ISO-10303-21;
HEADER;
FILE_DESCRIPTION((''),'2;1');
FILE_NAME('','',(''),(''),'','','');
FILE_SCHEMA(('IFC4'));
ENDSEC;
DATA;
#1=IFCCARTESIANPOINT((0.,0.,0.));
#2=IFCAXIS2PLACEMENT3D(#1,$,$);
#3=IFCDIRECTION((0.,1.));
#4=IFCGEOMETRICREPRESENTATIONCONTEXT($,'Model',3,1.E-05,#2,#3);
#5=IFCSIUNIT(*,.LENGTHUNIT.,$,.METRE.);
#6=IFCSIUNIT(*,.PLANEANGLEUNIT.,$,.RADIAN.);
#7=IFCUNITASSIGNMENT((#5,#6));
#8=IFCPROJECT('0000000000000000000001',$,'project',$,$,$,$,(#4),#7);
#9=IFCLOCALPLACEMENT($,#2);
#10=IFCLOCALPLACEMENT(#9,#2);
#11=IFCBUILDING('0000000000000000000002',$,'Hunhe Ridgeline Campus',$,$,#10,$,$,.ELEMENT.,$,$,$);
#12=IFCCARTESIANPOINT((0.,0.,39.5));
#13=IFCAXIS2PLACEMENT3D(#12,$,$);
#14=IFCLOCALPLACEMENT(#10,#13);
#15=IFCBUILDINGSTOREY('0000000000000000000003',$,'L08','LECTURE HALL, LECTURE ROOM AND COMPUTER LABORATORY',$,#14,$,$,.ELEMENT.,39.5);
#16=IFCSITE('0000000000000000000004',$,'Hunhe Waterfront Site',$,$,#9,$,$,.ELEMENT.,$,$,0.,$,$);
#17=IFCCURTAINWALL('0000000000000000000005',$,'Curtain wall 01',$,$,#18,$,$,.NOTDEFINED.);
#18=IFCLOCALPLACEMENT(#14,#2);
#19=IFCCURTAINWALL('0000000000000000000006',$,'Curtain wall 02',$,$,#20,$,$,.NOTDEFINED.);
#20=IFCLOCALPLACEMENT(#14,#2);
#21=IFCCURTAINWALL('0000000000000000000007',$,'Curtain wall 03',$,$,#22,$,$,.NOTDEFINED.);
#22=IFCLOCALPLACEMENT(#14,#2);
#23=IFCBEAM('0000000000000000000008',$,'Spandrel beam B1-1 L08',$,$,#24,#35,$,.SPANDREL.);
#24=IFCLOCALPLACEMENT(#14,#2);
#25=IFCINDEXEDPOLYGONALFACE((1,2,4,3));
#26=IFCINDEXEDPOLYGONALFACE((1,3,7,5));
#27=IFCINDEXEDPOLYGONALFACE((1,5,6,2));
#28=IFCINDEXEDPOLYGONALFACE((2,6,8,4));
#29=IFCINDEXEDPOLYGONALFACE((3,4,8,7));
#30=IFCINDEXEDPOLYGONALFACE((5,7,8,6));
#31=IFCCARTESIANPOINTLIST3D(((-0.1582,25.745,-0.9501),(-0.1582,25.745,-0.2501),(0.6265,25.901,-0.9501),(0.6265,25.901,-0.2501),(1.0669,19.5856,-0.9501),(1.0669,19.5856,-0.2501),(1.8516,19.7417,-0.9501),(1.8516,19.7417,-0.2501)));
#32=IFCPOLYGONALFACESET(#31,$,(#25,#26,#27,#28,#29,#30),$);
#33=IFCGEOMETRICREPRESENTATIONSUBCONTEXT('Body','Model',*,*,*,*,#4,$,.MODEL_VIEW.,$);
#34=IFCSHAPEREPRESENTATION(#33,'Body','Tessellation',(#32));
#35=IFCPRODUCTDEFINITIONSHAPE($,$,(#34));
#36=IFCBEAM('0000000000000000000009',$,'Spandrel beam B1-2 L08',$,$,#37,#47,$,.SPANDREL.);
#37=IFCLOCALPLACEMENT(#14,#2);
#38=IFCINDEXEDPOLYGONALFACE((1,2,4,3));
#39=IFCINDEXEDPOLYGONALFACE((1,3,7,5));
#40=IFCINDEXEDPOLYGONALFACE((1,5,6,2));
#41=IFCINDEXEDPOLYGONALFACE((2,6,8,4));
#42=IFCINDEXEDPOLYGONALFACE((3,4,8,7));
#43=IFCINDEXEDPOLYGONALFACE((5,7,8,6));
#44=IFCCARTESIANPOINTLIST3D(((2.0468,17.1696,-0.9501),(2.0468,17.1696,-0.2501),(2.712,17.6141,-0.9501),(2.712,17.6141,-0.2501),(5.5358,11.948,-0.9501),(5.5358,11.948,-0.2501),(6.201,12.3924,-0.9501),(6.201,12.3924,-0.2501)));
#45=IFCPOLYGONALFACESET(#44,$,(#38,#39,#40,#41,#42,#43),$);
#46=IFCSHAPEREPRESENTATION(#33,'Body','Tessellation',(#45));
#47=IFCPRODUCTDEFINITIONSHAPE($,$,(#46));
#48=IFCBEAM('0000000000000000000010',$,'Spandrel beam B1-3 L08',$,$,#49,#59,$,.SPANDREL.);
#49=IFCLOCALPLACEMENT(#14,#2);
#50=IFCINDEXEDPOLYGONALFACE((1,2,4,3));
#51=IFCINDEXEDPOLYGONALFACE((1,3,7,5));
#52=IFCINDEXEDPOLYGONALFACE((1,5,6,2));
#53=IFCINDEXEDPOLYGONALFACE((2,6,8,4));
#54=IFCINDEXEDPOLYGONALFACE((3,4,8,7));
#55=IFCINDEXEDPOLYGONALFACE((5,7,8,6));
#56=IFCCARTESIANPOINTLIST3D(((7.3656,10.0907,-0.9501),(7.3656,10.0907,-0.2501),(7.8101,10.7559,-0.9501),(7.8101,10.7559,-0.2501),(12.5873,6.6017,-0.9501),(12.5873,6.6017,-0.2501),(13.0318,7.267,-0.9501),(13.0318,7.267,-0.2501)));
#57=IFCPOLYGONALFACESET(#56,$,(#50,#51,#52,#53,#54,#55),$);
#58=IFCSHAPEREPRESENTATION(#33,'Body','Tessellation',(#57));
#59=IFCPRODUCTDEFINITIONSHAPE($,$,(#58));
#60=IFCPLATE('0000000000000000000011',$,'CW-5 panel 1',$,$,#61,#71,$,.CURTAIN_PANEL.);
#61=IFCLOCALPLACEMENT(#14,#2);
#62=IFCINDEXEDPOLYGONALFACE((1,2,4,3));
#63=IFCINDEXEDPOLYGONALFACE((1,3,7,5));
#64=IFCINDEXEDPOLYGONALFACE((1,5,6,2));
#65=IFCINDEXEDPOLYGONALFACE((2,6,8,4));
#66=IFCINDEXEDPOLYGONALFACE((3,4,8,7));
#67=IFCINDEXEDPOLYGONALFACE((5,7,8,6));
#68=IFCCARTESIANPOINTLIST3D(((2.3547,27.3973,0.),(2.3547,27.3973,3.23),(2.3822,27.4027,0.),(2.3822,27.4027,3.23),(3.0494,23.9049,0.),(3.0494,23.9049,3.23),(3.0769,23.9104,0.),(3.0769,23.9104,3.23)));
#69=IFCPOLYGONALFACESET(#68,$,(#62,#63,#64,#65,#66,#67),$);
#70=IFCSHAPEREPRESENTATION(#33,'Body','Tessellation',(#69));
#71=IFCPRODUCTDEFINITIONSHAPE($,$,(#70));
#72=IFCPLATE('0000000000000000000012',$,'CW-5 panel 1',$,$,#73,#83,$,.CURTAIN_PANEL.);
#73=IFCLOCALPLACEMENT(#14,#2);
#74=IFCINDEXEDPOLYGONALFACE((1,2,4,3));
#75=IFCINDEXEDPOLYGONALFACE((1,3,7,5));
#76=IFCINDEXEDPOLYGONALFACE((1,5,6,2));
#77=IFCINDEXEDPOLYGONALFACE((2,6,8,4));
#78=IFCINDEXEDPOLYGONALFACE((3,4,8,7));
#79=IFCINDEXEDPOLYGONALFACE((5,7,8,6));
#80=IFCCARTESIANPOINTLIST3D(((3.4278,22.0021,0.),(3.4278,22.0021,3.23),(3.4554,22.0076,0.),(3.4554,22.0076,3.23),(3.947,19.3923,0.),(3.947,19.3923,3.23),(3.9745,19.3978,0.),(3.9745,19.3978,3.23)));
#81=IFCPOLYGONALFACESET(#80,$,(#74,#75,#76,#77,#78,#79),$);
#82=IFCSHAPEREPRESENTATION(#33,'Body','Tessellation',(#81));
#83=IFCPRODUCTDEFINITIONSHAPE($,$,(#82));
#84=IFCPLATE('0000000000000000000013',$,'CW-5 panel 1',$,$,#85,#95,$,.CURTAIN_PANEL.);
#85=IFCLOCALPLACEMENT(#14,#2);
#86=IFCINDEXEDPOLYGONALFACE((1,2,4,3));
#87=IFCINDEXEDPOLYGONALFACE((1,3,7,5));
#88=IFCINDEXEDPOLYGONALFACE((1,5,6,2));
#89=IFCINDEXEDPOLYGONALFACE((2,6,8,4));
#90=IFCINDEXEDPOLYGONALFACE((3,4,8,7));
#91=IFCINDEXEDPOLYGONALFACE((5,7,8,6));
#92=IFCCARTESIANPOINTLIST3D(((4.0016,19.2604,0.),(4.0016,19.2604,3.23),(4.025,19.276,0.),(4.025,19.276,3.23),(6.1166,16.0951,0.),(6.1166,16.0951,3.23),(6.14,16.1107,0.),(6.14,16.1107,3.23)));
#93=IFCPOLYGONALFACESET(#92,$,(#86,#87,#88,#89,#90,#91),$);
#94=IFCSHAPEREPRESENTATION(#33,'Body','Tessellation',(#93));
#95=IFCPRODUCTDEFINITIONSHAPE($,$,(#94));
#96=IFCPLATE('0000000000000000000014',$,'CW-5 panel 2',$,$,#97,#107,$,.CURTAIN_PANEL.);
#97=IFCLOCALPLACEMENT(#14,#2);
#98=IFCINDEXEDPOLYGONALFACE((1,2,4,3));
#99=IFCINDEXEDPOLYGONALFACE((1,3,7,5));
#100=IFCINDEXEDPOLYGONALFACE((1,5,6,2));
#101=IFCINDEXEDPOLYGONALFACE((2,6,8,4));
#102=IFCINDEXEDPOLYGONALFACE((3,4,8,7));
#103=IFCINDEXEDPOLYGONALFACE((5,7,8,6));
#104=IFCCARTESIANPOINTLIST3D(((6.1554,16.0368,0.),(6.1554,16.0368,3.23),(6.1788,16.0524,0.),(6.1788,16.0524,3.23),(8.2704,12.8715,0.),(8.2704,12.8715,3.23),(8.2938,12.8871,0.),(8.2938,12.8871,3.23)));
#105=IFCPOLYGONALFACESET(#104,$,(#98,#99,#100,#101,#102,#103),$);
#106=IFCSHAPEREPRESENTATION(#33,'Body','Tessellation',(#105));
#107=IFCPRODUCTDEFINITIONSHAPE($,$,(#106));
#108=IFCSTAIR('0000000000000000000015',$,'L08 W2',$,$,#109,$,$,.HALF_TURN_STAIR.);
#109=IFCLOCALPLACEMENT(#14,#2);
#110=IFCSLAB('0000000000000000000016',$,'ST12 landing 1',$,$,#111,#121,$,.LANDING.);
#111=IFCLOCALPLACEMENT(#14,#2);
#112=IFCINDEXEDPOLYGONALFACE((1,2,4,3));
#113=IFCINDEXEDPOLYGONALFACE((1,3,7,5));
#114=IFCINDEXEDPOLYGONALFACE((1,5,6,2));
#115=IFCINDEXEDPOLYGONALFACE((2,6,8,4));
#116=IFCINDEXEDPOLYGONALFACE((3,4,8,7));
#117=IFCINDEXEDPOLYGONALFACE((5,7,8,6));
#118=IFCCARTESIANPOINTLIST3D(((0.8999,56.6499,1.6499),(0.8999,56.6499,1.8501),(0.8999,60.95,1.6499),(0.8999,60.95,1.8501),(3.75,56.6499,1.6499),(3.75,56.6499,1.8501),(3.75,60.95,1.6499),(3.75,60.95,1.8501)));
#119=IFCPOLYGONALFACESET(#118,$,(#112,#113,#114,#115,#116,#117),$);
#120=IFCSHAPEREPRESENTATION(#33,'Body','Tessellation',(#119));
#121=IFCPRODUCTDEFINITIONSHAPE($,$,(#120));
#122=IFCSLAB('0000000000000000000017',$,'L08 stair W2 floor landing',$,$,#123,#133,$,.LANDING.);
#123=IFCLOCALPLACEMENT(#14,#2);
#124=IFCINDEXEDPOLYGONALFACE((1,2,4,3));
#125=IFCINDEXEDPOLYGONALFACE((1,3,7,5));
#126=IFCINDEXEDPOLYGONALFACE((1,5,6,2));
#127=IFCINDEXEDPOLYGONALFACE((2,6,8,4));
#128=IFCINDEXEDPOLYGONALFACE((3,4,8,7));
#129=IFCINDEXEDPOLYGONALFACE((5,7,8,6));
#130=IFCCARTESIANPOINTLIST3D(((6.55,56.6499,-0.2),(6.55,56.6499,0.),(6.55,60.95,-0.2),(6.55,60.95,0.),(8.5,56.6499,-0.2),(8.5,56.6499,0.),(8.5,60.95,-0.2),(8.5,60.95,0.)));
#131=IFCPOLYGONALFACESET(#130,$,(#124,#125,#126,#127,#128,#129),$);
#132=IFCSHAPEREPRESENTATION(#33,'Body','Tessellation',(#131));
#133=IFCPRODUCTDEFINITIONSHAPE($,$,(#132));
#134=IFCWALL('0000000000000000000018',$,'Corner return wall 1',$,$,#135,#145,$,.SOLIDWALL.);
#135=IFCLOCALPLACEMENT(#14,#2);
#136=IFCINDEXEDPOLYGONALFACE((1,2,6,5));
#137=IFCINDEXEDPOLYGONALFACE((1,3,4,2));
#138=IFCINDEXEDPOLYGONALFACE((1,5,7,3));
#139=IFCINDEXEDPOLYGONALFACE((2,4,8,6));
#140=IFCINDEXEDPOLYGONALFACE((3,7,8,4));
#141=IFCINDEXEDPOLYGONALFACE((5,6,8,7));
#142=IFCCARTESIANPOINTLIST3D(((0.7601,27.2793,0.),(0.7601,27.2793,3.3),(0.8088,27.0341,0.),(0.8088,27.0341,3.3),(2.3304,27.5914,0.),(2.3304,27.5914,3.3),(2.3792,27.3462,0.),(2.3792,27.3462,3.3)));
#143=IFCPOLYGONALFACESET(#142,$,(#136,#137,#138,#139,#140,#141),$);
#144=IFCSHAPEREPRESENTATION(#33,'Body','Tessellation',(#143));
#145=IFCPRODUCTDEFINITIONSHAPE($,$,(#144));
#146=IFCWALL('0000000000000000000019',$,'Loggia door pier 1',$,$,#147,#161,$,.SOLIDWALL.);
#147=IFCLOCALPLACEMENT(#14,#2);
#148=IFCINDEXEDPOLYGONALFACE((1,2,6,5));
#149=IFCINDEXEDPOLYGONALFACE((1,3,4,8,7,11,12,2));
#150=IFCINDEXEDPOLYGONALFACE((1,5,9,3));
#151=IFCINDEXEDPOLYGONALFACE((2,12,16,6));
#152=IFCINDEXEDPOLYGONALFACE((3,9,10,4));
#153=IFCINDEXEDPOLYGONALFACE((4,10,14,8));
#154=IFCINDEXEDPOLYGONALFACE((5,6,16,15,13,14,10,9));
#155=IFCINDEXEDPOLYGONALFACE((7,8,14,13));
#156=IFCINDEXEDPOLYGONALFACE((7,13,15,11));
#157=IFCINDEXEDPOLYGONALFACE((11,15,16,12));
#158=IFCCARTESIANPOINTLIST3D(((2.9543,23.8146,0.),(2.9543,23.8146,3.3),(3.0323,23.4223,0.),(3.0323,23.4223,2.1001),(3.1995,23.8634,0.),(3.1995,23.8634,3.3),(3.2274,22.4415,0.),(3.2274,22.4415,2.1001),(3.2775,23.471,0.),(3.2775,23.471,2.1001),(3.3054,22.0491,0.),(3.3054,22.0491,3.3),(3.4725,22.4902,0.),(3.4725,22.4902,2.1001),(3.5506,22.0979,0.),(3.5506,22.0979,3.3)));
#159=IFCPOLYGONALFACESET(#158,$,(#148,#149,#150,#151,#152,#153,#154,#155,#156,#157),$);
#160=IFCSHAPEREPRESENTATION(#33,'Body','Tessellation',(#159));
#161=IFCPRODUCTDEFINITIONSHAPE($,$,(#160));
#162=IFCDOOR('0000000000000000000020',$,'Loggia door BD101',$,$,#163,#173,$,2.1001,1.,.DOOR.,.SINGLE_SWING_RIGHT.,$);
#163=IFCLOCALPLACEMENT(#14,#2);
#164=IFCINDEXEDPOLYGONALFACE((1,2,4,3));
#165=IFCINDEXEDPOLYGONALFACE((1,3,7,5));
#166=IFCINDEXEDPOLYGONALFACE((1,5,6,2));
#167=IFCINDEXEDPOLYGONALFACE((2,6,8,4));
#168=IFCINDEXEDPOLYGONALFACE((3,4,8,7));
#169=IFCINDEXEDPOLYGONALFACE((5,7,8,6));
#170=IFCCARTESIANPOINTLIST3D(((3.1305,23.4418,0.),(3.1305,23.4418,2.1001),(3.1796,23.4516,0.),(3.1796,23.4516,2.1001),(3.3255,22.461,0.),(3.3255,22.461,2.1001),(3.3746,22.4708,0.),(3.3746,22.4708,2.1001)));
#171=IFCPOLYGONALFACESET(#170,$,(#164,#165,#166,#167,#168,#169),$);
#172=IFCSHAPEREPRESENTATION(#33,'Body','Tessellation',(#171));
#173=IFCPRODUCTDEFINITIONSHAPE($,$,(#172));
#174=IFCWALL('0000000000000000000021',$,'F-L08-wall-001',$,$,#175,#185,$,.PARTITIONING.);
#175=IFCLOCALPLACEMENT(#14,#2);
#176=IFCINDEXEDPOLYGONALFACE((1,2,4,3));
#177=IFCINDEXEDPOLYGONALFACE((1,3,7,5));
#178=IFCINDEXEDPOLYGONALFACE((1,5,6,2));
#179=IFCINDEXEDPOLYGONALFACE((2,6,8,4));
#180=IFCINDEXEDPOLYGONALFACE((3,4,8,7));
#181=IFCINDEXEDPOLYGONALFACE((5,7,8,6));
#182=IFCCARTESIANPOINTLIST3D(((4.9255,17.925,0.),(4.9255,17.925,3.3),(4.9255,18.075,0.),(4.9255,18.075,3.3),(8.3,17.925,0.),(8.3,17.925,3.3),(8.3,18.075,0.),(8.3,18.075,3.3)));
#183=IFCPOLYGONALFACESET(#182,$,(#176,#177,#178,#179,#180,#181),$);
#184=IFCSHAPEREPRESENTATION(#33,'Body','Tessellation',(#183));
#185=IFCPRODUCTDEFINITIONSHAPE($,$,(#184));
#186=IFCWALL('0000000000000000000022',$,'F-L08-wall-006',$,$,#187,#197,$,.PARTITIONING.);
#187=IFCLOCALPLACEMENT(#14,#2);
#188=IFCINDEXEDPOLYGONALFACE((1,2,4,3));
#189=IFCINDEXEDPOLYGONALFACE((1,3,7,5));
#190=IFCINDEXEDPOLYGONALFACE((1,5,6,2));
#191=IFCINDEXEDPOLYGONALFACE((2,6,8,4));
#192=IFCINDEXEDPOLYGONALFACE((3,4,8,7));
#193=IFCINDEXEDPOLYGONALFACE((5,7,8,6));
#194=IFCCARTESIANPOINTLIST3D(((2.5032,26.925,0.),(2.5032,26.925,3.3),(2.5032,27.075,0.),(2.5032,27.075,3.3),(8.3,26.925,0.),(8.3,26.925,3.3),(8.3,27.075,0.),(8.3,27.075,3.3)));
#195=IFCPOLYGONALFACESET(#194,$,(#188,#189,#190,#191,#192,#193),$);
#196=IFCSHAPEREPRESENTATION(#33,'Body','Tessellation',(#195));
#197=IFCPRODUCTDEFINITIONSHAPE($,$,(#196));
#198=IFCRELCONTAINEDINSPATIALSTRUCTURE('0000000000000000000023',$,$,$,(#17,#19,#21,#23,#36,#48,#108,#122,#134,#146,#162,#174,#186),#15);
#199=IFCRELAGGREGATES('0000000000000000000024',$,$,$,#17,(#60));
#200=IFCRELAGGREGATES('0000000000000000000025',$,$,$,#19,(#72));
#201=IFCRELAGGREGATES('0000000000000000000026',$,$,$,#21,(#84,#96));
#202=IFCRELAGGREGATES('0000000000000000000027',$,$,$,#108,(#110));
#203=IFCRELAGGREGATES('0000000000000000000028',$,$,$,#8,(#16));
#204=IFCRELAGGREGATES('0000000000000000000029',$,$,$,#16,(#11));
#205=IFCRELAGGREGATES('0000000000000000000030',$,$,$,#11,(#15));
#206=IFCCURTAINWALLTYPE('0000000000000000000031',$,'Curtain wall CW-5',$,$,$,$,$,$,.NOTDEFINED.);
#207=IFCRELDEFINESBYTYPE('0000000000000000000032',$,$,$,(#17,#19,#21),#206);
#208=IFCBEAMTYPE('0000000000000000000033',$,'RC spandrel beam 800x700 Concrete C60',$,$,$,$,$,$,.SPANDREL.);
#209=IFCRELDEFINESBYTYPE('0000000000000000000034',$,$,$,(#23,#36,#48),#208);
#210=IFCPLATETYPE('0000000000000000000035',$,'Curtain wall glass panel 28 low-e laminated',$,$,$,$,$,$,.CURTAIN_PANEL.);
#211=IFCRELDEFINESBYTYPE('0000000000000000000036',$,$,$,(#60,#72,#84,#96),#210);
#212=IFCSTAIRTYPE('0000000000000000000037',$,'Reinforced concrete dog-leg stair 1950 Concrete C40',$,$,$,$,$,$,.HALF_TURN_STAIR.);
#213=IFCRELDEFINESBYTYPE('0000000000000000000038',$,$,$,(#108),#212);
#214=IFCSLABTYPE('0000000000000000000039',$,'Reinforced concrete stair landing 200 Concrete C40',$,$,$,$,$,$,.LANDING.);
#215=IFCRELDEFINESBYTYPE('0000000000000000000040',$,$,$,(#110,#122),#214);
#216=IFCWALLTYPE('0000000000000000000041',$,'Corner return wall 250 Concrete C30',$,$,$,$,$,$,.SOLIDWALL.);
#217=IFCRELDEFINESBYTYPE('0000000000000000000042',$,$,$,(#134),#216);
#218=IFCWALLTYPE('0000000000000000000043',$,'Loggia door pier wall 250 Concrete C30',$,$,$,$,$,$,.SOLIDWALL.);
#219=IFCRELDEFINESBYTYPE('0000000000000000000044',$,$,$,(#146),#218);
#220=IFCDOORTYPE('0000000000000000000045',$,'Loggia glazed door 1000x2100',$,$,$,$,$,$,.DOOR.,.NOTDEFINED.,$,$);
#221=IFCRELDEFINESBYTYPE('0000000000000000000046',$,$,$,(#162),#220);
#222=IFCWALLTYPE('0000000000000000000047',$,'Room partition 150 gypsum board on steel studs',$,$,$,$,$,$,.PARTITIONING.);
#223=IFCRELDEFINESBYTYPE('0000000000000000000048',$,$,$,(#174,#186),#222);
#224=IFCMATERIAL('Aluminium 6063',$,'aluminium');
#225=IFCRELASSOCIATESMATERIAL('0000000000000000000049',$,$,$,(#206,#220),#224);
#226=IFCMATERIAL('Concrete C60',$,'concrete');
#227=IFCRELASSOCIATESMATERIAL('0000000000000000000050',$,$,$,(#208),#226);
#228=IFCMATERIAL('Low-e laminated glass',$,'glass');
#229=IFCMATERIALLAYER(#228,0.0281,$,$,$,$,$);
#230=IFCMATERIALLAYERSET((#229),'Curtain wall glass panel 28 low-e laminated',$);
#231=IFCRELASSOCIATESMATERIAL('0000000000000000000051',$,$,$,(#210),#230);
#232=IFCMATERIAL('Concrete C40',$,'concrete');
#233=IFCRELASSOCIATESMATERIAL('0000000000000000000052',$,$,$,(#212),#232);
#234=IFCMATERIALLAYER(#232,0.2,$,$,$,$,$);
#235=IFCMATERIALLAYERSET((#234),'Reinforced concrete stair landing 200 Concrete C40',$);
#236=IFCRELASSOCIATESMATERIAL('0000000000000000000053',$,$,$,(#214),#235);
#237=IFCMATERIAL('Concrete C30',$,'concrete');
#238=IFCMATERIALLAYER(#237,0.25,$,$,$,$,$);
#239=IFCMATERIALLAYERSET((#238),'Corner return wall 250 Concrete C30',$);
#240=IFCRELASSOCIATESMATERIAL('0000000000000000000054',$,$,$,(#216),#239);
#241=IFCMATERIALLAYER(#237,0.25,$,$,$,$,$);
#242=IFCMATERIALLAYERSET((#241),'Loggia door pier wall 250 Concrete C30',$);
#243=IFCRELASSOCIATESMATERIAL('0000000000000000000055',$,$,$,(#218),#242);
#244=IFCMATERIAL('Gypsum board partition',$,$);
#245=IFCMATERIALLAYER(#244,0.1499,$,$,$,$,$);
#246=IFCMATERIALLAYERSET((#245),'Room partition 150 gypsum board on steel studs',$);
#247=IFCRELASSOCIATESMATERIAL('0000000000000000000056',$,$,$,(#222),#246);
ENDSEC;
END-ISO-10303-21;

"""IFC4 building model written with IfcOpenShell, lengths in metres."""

from ifc_helpers import new_model, si_unit, direction, frame, frame_2d, origin, origin_2d, place, context, subcontext, project, spatial, polyline, rectangle, outline, extrude, material, layer, layer_set, material_profile, profile_set, type_object, element, fill, aggregate, save


model = new_model("IFC4")

# Units and contexts
model_context = context("Model", 3, precision=1e-05, world=origin(), true_north=direction((0.0, 1.0)))
body_context = subcontext(model_context, "Body", "Model", "MODEL_VIEW")
ifc_project = project(units=[si_unit("LENGTHUNIT", "METRE"), si_unit("PLANEANGLEUNIT", "RADIAN")], contexts=[model_context])

# Site, building, storey
site_placement = place(None, origin())
site = spatial("IfcSite", under=ifc_project, at=site_placement, Name="Hunhe Waterfront Site", CompositionType="ELEMENT", RefElevation=0.0)
building_placement = place(site_placement, origin())
building = spatial("IfcBuilding", under=site, at=building_placement, Name="Hunhe Ridgeline Campus", CompositionType="ELEMENT")
storey_placement = place(building_placement, frame((0.0, 0.0, 39.5)))
storey = spatial("IfcBuildingStorey", under=building, at=storey_placement, Name="L08", Description="LECTURE HALL, LECTURE ROOM AND COMPUTER LABORATORY", CompositionType="ELEMENT", Elevation=39.5)

# Curtain walls
ifc_material_1 = material(Name="Aluminium 6063", Category="aluminium")
curtain_wall_type = type_object("IfcCurtainWallType", Name="Curtain wall CW-5", PredefinedType="NOTDEFINED", material=ifc_material_1)
curtain_wall_1_placement = place(storey_placement, origin())
curtain_wall_1 = element("IfcCurtainWall", 1, at=curtain_wall_1_placement, inside=storey, type_object=curtain_wall_type, Name="Curtain wall 01", PredefinedType="NOTDEFINED")
curtain_wall_2_placement = place(storey_placement, origin())
curtain_wall_2 = element("IfcCurtainWall", 2, at=curtain_wall_2_placement, inside=storey, type_object=curtain_wall_type, Name="Curtain wall 02", PredefinedType="NOTDEFINED")
curtain_wall_3_placement = place(storey_placement, origin())
curtain_wall_3 = element("IfcCurtainWall", 3, at=curtain_wall_3_placement, inside=storey, type_object=curtain_wall_type, Name="Curtain wall 03", PredefinedType="NOTDEFINED")

# Beams
ifc_material_2 = material(Name="Concrete C60", Category="concrete")
ifc_material_profile_1 = material_profile(ifc_material_2, rectangle(XDim=0.8, YDim=0.7, at=origin_2d()))
ifc_profile_set_1 = profile_set([ifc_material_profile_1], Name="Concrete C60")
beam_type = type_object("IfcBeamType", Name="RC spandrel beam 800x700 Concrete C60", PredefinedType="SPANDREL", material=ifc_profile_set_1)
for number, where, z_axis, x_axis, name in (
    (4, (0.2341, 25.823, -0.6001), (0.195077, -0.980788, 0.0), (0.980788, 0.195077, 0.0), "Spandrel beam B1-1 L08"),
    (5, (2.3794, 17.3918, -0.6001), (0.55557, -0.83147, 0.0), (0.83147, 0.55557, 0.0), "Spandrel beam B1-2 L08"),
    (6, (7.5879, 10.4233, -0.6001), (0.83147, -0.55557, 0.0), (0.55557, 0.83147, 0.0), "Spandrel beam B1-3 L08"),
):
    element("IfcBeam", number, at=place(storey_placement, frame(where, z_axis=z_axis, x_axis=x_axis)), inside=storey, type_object=beam_type, Name=name, PredefinedType="SPANDREL", context=body_context, shape_type="SweptSolid", body=[
        extrude(rectangle(XDim=0.8, YDim=0.7, at=origin_2d()), origin(), (0.0, 0.0, 1.0), 6.28),
    ])

# Plates
ifc_material_3 = material(Name="Low-e laminated glass", Category="glass")
ifc_layer_1 = layer(ifc_material_3, 0.0281)
ifc_layer_set_1 = layer_set([ifc_layer_1], Name="Curtain wall glass panel 28 low-e laminated")
plate_type = type_object("IfcPlateType", Name="Curtain wall glass panel 28 low-e laminated", PredefinedType="CURTAIN_PANEL", material=ifc_layer_set_1)
plate_1_placement = place(storey_placement, frame((2.7158, 25.6538, 0.0), z_axis=(0.0, 0.0, 1.0), x_axis=(0.195095, -0.980784, 0.0)))
plate_1 = element("IfcPlate", 7, at=plate_1_placement, type_object=plate_type, Name="CW-5 panel 1", PredefinedType="CURTAIN_PANEL", context=body_context, shape_type="SweptSolid", body=[
    extrude(rectangle(XDim=3.5608, YDim=0.0281, at=origin_2d()), origin(), (0.0, 0.0, 1.0), 3.23),
])
aggregate(curtain_wall_1, [plate_1])
plate_2_placement = place(storey_placement, frame((3.7012, 20.7, 0.0), z_axis=(0.0, 0.0, 1.0), x_axis=(0.195095, -0.980784, 0.0)))
plate_2 = element("IfcPlate", 8, at=plate_2_placement, type_object=plate_type, Name="CW-5 panel 1", PredefinedType="CURTAIN_PANEL", context=body_context, shape_type="SweptSolid", body=[
    extrude(rectangle(XDim=2.6609, YDim=0.0281, at=origin_2d()), origin(), (0.0, 0.0, 1.0), 3.23),
])
aggregate(curtain_wall_2, [plate_2])
plate_3_placement = place(storey_placement, frame((5.0708, 17.6855, 0.0), z_axis=(0.0, 0.0, 1.0), x_axis=(0.55557, -0.83147, 0.0)))
plate_3 = element("IfcPlate", 9, at=plate_3_placement, type_object=plate_type, Name="CW-5 panel 1", PredefinedType="CURTAIN_PANEL", context=body_context, shape_type="SweptSolid", body=[
    extrude(rectangle(XDim=3.8069, YDim=0.0281, at=origin_2d()), origin(), (0.0, 0.0, 1.0), 3.23),
])
plate_4_placement = place(storey_placement, frame((7.2246, 14.4619, 0.0), z_axis=(0.0, 0.0, 1.0), x_axis=(0.55557, -0.83147, 0.0)))
plate_4 = element("IfcPlate", 10, at=plate_4_placement, type_object=plate_type, Name="CW-5 panel 2", PredefinedType="CURTAIN_PANEL", context=body_context, shape_type="SweptSolid", body=[
    extrude(rectangle(XDim=3.8069, YDim=0.0281, at=origin_2d()), origin(), (0.0, 0.0, 1.0), 3.23),
])
aggregate(curtain_wall_3, [plate_3, plate_4])

# Stair, slab
ifc_material_4 = material(Name="Concrete C40", Category="concrete")
stair_type = type_object("IfcStairType", Name="Reinforced concrete dog-leg stair 1950 Concrete C40", PredefinedType="HALF_TURN_STAIR", material=ifc_material_4)
stair_placement = place(storey_placement, origin())
stair = element("IfcStair", 11, at=stair_placement, inside=storey, type_object=stair_type, Name="L08 W2", PredefinedType="HALF_TURN_STAIR")
ifc_layer_2 = layer(ifc_material_4, 0.2)
ifc_layer_set_2 = layer_set([ifc_layer_2], Name="Reinforced concrete stair landing 200 Concrete C40")
slab_type = type_object("IfcSlabType", Name="Reinforced concrete stair landing 200 Concrete C40", PredefinedType="LANDING", material=ifc_layer_set_2)
slab_1_placement = place(storey_placement, frame((0.0, 0.0, 1.6499)))
slab_1 = element("IfcSlab", 12, at=slab_1_placement, type_object=slab_type, Name="ST12 landing 1", PredefinedType="LANDING", context=body_context, shape_type="SweptSolid", body=[
    extrude(outline(polyline([(3.75, 60.95), (0.8999, 60.95), (0.8999, 56.6499), (3.75, 56.6499), (3.75, 60.95)])), origin(), (0.0, 0.0, 1.0), 0.2002),
])
aggregate(stair, [slab_1])

# Slab
slab_2_placement = place(storey_placement, frame((0.0, 0.0, -0.2)))
element("IfcSlab", 13, at=slab_2_placement, inside=storey, type_object=slab_type, Name="L08 stair W2 floor landing", PredefinedType="LANDING", context=body_context, shape_type="SweptSolid", body=[
    extrude(outline(polyline([(8.5, 60.95), (6.55, 60.95), (6.55, 56.6499), (8.5, 56.6499), (8.5, 60.95)])), origin(), (0.0, 0.0, 1.0), 0.2),
])

# Wall
ifc_material_5 = material(Name="Concrete C30", Category="concrete")
ifc_layer_3 = layer(ifc_material_5, 0.25)
ifc_layer_set_3 = layer_set([ifc_layer_3], Name="Corner return wall 250 Concrete C30")
wall_type_1 = type_object("IfcWallType", Name="Corner return wall 250 Concrete C30", PredefinedType="SOLIDWALL", material=ifc_layer_set_3)
wall_1_placement = place(storey_placement, frame((0.7844, 27.1567, 0.0), z_axis=(0.0, 0.0, 1.0), x_axis=(0.980826, 0.194884, 0.0)))
element("IfcWall", 14, at=wall_1_placement, inside=storey, type_object=wall_type_1, Name="Corner return wall 1", PredefinedType="SOLIDWALL", context=body_context, shape_type="SweptSolid", body=[
    extrude(rectangle(XDim=1.6011, YDim=0.25, at=frame_2d((0.8005, 0.0))), origin(), (0.0, 0.0, 1.0), 3.3),
])

# Wall, opening, door
ifc_layer_4 = layer(ifc_material_5, 0.25)
ifc_layer_set_4 = layer_set([ifc_layer_4], Name="Loggia door pier wall 250 Concrete C30")
wall_type_2 = type_object("IfcWallType", Name="Loggia door pier wall 250 Concrete C30", PredefinedType="SOLIDWALL", material=ifc_layer_set_4)
wall_2_placement = place(storey_placement, frame((3.0769, 23.8389, 0.0), z_axis=(0.0, 0.0, 1.0), x_axis=(0.195047, -0.980794, 0.0)))
wall_2 = element("IfcWall", 15, at=wall_2_placement, inside=storey, type_object=wall_type_2, Name="Loggia door pier 1", PredefinedType="SOLIDWALL", context=body_context, shape_type="SweptSolid", body=[
    extrude(rectangle(XDim=1.8, YDim=0.25, at=frame_2d((0.8999, 0.0))), origin(), (0.0, 0.0, 1.0), 3.3),
])
opening_placement = place(wall_2_placement, frame((0.3999, 0.0, 0.0)))
opening = element("IfcOpeningElement", 16, at=opening_placement, cuts=wall_2, PredefinedType="OPENING", context=body_context, shape_type="SweptSolid", body=[
    extrude(rectangle(XDim=1.0, YDim=2.1001, at=frame_2d((0.5, 1.05))), frame((0.0, 0.125, 0.0), z_axis=(0.0, -1.0, 0.0), x_axis=(1.0, 0.0, 0.0)), (0.0, 0.0, 1.0), 0.25),
])
door_type = type_object("IfcDoorType", Name="Loggia glazed door 1000x2100", OperationType="NOTDEFINED", PredefinedType="DOOR", material=ifc_material_1)
door_placement = place(opening_placement, frame((1.0, 0.0, 0.0), z_axis=(0.0, 0.0, 1.0), x_axis=(-1.0, 0.0, 0.0)))
door = element("IfcDoor", 17, at=door_placement, inside=storey, type_object=door_type, Name="Loggia door BD101", OperationType="SINGLE_SWING_RIGHT", OverallHeight=2.1001, OverallWidth=1.0, PredefinedType="DOOR", context=body_context, shape_type="SweptSolid", body=[
    extrude(rectangle(XDim=1.0, YDim=2.1001, at=frame_2d((0.5, 1.05))), frame((0.0, 0.0249, 0.0), z_axis=(0.0, -1.0, 0.0), x_axis=(1.0, 0.0, 0.0)), (0.0, 0.0, 1.0), 0.05),
])
fill(opening, door)

# Walls
ifc_material_6 = material(Name="Gypsum board partition")
ifc_layer_5 = layer(ifc_material_6, 0.1499)
ifc_layer_set_5 = layer_set([ifc_layer_5], Name="Room partition 150 gypsum board on steel studs")
wall_type_3 = type_object("IfcWallType", Name="Room partition 150 gypsum board on steel studs", PredefinedType="PARTITIONING", material=ifc_layer_set_5)
wall_3_placement = place(storey_placement, frame((4.9255, 18.0, 0.0), z_axis=(0.0, 0.0, 1.0), x_axis=(1.0, 0.0, 0.0)))
element("IfcWall", 18, at=wall_3_placement, inside=storey, type_object=wall_type_3, Name="F-L08-wall-001", PredefinedType="PARTITIONING", context=body_context, shape_type="SweptSolid", body=[
    extrude(rectangle(XDim=3.3745, YDim=0.1499, at=frame_2d((1.6873, 0.0))), origin(), (0.0, 0.0, 1.0), 3.3),
])
wall_4_placement = place(storey_placement, frame((2.5032, 27.0, 0.0), z_axis=(0.0, 0.0, 1.0), x_axis=(1.0, 0.0, 0.0)))
element("IfcWall", 19, at=wall_4_placement, inside=storey, type_object=wall_type_3, Name="F-L08-wall-006", PredefinedType="PARTITIONING", context=body_context, shape_type="SweptSolid", body=[
    extrude(rectangle(XDim=5.7969, YDim=0.1499, at=frame_2d((2.8984, 0.0))), origin(), (0.0, 0.0, 1.0), 3.3),
])

save(model, "model.ifc")
